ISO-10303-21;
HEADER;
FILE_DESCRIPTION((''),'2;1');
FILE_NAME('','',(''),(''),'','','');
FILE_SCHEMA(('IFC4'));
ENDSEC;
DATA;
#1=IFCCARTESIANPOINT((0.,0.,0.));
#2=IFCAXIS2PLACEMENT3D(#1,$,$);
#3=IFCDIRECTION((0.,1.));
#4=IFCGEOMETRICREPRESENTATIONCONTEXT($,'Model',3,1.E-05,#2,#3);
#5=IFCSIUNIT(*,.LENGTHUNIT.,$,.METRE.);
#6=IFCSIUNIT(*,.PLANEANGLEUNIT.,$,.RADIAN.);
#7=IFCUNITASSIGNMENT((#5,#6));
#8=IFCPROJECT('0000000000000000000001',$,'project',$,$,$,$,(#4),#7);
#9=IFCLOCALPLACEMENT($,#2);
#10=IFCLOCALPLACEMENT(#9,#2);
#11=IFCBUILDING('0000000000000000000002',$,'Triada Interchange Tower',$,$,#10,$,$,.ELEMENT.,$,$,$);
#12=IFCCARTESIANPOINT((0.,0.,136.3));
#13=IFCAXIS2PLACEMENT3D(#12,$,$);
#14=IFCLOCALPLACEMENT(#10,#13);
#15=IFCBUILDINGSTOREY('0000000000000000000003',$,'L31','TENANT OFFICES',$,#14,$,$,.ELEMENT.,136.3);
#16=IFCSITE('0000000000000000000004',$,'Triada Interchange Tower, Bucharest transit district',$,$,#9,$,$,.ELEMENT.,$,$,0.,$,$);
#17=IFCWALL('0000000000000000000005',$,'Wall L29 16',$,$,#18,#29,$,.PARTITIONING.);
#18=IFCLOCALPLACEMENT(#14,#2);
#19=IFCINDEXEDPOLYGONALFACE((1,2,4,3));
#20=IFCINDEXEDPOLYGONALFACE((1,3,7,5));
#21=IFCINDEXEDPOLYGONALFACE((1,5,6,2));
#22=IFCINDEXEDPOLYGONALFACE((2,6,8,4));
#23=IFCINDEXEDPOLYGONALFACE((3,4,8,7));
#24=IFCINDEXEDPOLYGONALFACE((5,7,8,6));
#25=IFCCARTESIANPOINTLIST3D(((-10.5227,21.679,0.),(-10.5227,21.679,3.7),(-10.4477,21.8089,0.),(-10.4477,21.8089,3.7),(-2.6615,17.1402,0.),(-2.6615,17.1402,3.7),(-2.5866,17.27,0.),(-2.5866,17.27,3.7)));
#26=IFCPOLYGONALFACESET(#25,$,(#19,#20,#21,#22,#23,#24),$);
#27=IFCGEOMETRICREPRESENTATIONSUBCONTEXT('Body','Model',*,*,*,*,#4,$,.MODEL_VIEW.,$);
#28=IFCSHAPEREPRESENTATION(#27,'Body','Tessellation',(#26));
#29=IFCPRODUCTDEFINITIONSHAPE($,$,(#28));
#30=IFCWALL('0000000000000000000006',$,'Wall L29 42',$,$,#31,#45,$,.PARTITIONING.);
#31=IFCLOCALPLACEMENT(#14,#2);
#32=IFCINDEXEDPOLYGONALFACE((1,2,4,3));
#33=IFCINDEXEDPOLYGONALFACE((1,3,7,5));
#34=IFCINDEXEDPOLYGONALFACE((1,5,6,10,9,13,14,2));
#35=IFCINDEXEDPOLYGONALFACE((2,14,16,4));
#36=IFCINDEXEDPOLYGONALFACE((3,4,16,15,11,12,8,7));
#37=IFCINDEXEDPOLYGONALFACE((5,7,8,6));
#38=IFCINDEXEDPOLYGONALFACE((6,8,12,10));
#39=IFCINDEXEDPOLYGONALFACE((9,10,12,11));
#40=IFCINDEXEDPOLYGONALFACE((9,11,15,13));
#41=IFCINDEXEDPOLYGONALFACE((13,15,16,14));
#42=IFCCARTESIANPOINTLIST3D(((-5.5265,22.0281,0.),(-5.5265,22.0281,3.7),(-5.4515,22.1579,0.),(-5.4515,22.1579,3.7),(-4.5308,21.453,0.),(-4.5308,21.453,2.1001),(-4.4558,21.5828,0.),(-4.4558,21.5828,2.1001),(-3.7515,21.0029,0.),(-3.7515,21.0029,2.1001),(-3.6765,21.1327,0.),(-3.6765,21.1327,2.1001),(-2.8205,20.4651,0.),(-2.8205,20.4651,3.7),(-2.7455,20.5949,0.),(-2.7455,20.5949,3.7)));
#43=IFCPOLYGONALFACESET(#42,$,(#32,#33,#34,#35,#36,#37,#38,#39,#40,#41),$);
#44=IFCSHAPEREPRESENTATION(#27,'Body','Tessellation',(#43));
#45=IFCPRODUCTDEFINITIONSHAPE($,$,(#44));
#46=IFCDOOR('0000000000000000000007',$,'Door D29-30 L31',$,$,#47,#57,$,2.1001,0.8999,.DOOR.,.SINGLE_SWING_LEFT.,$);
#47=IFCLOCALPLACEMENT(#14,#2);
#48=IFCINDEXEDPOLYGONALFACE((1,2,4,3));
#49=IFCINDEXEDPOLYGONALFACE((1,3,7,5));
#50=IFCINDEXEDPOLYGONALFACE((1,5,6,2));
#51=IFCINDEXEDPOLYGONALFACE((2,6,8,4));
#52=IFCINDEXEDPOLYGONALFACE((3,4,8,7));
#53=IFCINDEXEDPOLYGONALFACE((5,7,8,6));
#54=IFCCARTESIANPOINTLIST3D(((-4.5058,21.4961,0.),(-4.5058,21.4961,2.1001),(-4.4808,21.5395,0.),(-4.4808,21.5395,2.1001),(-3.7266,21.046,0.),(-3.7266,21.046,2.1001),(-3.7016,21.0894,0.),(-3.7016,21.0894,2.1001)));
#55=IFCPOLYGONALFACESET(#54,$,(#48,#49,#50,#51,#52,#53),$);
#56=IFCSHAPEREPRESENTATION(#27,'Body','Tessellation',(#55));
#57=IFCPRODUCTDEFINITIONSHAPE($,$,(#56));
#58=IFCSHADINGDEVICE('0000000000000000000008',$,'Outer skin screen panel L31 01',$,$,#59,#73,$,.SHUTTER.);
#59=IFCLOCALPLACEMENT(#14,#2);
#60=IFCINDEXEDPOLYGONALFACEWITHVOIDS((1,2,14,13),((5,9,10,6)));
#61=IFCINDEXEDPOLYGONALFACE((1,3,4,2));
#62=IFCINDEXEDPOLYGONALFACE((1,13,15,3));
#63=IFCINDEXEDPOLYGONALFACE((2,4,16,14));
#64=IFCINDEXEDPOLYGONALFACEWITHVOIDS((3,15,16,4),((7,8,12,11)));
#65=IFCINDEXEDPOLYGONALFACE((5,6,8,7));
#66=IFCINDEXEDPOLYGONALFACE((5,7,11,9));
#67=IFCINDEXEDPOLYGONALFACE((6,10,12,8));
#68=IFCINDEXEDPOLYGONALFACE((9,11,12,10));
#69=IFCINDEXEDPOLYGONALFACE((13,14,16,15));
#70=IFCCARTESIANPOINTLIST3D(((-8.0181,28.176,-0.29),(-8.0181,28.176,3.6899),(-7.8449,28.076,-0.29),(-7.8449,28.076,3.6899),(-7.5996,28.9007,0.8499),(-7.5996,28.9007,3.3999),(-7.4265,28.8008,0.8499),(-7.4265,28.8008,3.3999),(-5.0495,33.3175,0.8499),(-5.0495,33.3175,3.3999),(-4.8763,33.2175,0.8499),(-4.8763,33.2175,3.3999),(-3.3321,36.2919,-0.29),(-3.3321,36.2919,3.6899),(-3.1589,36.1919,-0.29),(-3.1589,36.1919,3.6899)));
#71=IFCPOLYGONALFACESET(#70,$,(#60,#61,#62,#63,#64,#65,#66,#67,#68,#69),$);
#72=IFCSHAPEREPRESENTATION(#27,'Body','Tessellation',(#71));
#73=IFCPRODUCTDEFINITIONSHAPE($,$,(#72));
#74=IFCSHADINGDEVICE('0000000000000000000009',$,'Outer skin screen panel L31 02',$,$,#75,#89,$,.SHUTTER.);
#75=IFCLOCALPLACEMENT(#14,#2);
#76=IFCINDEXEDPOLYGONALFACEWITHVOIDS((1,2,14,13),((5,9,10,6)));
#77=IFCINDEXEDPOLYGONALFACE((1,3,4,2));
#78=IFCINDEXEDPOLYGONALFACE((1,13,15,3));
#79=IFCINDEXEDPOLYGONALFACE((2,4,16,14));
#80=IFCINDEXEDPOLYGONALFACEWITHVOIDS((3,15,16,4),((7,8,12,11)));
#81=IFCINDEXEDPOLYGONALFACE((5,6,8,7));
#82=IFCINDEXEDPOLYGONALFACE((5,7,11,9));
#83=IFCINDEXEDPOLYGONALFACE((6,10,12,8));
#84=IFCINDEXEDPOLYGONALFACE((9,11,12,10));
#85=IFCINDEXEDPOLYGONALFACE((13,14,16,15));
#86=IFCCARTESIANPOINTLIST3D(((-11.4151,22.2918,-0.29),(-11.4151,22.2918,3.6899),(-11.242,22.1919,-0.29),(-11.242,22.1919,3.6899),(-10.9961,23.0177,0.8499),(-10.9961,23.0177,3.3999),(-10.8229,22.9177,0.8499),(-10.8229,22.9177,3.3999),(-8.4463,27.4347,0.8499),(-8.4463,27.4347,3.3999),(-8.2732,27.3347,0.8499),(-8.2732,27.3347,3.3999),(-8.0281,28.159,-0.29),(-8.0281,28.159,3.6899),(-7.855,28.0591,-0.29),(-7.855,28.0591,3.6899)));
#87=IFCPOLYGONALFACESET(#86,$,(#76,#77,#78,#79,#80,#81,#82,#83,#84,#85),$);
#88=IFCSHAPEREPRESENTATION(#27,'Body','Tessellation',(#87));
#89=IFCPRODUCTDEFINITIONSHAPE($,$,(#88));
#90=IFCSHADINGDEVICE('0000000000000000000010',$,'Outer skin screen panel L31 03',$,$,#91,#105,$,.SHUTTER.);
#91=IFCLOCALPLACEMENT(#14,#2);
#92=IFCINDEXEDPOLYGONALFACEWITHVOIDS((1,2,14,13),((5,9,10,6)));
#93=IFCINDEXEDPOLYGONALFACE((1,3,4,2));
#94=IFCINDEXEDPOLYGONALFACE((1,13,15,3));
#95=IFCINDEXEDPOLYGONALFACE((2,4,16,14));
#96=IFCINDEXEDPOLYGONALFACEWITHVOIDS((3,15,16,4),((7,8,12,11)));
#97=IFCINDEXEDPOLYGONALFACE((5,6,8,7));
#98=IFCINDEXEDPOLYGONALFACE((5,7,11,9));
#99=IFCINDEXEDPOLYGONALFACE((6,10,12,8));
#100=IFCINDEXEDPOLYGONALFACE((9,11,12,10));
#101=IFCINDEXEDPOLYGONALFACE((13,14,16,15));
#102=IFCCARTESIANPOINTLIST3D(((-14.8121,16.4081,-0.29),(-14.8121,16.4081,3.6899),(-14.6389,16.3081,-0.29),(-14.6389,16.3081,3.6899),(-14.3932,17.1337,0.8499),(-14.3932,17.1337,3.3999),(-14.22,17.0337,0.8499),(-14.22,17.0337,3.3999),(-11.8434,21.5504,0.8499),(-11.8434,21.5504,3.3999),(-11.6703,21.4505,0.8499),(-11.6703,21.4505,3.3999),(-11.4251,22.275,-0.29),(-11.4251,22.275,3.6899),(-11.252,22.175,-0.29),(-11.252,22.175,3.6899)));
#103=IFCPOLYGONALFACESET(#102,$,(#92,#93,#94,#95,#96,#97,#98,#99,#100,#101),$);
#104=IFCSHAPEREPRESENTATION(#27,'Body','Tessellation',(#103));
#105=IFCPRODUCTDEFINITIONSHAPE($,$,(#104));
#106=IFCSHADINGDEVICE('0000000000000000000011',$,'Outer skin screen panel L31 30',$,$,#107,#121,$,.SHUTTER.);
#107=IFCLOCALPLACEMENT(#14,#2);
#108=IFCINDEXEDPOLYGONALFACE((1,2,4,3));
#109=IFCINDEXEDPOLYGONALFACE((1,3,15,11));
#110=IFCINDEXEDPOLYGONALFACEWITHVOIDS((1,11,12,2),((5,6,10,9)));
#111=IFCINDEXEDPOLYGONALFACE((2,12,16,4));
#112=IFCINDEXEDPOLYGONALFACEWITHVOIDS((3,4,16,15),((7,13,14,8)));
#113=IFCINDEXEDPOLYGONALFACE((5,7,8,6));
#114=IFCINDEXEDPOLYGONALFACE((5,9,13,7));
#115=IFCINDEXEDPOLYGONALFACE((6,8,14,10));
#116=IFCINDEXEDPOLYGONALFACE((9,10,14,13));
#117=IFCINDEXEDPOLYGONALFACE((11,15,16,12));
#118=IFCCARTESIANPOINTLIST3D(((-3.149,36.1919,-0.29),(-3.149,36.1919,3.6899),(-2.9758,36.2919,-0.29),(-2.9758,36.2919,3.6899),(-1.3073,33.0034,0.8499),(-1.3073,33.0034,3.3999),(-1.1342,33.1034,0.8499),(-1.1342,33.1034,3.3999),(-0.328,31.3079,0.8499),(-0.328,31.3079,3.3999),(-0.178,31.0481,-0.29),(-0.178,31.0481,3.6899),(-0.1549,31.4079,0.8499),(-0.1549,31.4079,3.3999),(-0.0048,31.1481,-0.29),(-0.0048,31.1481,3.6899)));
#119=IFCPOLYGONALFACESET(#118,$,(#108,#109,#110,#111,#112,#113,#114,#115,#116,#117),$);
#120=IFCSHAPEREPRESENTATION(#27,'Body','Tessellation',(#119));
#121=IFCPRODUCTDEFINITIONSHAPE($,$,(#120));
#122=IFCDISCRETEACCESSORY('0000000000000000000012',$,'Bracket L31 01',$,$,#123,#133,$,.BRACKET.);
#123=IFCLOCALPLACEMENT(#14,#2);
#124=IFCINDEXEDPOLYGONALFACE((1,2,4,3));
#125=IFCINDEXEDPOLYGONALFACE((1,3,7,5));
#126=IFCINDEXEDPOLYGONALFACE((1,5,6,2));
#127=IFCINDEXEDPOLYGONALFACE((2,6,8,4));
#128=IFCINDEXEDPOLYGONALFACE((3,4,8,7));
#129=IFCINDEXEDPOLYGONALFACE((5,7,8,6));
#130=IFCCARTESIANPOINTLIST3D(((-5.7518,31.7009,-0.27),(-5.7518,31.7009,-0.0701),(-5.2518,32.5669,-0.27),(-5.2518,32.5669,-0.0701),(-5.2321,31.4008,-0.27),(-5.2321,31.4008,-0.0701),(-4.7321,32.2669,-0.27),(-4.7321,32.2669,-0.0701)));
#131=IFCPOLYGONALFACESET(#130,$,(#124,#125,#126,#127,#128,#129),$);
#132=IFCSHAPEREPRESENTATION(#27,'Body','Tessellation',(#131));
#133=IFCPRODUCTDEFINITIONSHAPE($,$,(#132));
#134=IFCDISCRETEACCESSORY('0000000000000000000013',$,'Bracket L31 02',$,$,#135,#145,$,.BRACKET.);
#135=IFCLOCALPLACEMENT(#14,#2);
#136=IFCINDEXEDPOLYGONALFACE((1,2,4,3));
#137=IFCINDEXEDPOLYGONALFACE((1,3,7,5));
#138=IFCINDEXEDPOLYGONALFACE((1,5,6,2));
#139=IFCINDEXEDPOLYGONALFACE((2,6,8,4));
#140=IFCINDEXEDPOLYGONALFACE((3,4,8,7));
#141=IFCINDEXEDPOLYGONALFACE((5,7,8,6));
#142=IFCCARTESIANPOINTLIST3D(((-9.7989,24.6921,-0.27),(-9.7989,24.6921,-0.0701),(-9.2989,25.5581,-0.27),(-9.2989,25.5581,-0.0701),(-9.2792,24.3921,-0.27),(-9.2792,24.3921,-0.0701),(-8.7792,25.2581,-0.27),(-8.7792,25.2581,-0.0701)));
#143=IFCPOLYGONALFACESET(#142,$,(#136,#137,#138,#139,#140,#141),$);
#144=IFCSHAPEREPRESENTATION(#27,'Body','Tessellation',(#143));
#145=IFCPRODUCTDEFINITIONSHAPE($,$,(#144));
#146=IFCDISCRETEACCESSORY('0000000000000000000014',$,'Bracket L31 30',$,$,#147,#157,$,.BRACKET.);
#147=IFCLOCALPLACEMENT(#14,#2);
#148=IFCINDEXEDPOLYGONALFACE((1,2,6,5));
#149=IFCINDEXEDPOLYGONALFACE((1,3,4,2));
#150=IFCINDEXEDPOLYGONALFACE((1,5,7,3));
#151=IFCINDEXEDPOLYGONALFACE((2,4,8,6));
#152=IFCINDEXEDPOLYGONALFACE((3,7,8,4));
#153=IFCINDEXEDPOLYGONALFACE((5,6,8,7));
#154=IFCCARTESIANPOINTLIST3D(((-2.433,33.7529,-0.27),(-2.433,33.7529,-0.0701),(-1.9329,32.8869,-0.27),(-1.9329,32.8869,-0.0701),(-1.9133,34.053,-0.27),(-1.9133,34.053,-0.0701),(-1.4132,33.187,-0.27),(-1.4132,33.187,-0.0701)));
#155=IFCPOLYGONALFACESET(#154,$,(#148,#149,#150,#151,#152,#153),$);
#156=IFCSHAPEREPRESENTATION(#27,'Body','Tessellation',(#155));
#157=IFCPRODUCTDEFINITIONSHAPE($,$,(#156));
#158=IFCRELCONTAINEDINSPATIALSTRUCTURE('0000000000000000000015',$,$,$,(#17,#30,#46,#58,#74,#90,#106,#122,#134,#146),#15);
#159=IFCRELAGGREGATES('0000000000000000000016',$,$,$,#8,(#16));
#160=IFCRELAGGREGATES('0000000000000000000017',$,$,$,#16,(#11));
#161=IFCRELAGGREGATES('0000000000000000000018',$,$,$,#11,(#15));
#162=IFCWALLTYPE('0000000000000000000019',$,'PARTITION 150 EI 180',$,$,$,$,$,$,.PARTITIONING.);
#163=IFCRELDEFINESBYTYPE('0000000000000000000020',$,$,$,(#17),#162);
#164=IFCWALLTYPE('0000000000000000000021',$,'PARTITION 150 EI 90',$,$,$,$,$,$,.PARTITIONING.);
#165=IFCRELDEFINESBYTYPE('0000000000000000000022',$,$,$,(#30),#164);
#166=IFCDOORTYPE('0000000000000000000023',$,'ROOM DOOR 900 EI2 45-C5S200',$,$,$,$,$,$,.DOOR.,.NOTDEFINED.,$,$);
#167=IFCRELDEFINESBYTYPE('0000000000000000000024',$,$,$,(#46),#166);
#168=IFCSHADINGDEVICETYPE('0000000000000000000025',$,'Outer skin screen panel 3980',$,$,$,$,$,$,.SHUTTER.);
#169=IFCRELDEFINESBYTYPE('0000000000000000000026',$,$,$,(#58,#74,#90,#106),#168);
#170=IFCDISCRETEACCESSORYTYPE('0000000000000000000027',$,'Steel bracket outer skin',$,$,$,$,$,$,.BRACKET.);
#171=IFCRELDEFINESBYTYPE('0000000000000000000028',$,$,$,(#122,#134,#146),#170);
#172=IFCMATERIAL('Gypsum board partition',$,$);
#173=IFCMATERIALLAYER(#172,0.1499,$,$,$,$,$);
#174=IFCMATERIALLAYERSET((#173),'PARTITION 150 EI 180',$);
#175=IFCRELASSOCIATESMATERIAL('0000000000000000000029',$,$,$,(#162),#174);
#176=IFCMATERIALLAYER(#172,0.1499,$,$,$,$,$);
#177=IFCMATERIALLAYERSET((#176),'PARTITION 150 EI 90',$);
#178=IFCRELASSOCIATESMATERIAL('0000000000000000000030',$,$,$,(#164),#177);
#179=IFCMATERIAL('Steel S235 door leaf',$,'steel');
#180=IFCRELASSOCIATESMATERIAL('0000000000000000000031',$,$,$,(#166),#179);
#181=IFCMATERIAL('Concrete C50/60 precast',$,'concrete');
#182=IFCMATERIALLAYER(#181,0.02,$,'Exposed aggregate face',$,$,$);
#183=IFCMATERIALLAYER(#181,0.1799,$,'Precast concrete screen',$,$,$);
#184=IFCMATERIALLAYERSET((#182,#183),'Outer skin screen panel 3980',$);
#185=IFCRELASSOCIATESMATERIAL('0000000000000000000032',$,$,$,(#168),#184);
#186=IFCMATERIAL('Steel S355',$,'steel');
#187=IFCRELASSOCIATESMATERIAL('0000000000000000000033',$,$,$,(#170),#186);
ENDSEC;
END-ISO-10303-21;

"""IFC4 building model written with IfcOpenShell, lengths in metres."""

from ifc_helpers import new_model, si_unit, direction, frame, frame_2d, origin, origin_2d, place, context, subcontext, project, spatial, polyline, rectangle, outline, extrude, material, layer, layer_set, type_object, element, fill, save


model = new_model("IFC4")

# Units and contexts
model_context = context("Model", 3, precision=1e-05, world=origin(), true_north=direction((0.0, 1.0)))
body_context = subcontext(model_context, "Body", "Model", "MODEL_VIEW")
ifc_project = project(units=[si_unit("LENGTHUNIT", "METRE"), si_unit("PLANEANGLEUNIT", "RADIAN")], contexts=[model_context])

# Site, building, storey
site_placement = place(None, origin())
site = spatial("IfcSite", under=ifc_project, at=site_placement, Name="Triada Interchange Tower, Bucharest transit district", CompositionType="ELEMENT", RefElevation=0.0)
building_placement = place(site_placement, origin())
building = spatial("IfcBuilding", under=site, at=building_placement, Name="Triada Interchange Tower", CompositionType="ELEMENT")
storey_placement = place(building_placement, frame((0.0, 0.0, 136.3)))
storey = spatial("IfcBuildingStorey", under=building, at=storey_placement, Name="L31", Description="TENANT OFFICES", CompositionType="ELEMENT", Elevation=136.3)

# Wall
ifc_material_1 = material(Name="Gypsum board partition")
ifc_layer_1 = layer(ifc_material_1, 0.1499)
ifc_layer_set_1 = layer_set([ifc_layer_1], Name="PARTITION 150 EI 180")
wall_type_1 = type_object("IfcWallType", Name="PARTITION 150 EI 180", PredefinedType="PARTITIONING", material=ifc_layer_set_1)
wall_1_placement = place(storey_placement, frame((-10.4851, 21.7439, 0.0), z_axis=(0.0, 0.0, 1.0), x_axis=(0.866015, -0.500018, 0.0)))
element("IfcWall", 1, at=wall_1_placement, inside=storey, type_object=wall_type_1, Name="Wall L29 16", PredefinedType="PARTITIONING", context=body_context, shape_type="SweptSolid", body=[
    extrude(rectangle(XDim=9.0774, YDim=0.1499, at=frame_2d((4.5386, 0.0))), origin(), (0.0, 0.0, 1.0), 3.7),
])

# Wall, opening, door
ifc_layer_2 = layer(ifc_material_1, 0.1499)
ifc_layer_set_2 = layer_set([ifc_layer_2], Name="PARTITION 150 EI 90")
wall_type_2 = type_object("IfcWallType", Name="PARTITION 150 EI 90", PredefinedType="PARTITIONING", material=ifc_layer_set_2)
wall_2_placement = place(storey_placement, frame((-5.489, 22.093, 0.0), z_axis=(0.0, 0.0, 1.0), x_axis=(0.865936, -0.500155, 0.0)))
wall_2 = element("IfcWall", 2, at=wall_2_placement, inside=storey, type_object=wall_type_2, Name="Wall L29 42", PredefinedType="PARTITIONING", context=body_context, shape_type="SweptSolid", body=[
    extrude(rectangle(XDim=3.125, YDim=0.1499, at=frame_2d((1.5625, 0.0))), origin(), (0.0, 0.0, 1.0), 3.7),
])
opening_1_placement = place(wall_2_placement, frame((1.1499, 0.0, 0.0)))
opening_1 = element("IfcOpeningElement", 3, at=opening_1_placement, cuts=wall_2, PredefinedType="OPENING", context=body_context, shape_type="SweptSolid", body=[
    extrude(rectangle(XDim=0.8999, YDim=2.1001, at=frame_2d((0.45, 1.05))), frame((0.0, 0.085, 0.0), z_axis=(0.0, -1.0, 0.0), x_axis=(1.0, 0.0, 0.0)), (0.0, 0.0, 1.0), 0.1699),
])
ifc_material_2 = material(Name="Steel S235 door leaf", Category="steel")
door_type = type_object("IfcDoorType", Name="ROOM DOOR 900 EI2 45-C5S200", OperationType="NOTDEFINED", PredefinedType="DOOR", material=ifc_material_2)
door_placement = place(opening_1_placement, origin())
door = element("IfcDoor", 4, at=door_placement, inside=storey, type_object=door_type, Name="Door D29-30 L31", OperationType="SINGLE_SWING_LEFT", OverallHeight=2.1001, OverallWidth=0.8999, PredefinedType="DOOR", context=body_context, shape_type="SweptSolid", body=[
    extrude(rectangle(XDim=0.8999, YDim=2.1001, at=frame_2d((0.45, 1.05))), frame((0.0, 0.0249, 0.0), z_axis=(0.0, -1.0, 0.0), x_axis=(1.0, 0.0, 0.0)), (0.0, 0.0, 1.0), 0.05),
])
fill(opening_1, door)

# Shading devices
ifc_material_3 = material(Name="Concrete C50/60 precast", Category="concrete")
ifc_layer_3 = layer(ifc_material_3, 0.02, Name="Exposed aggregate face")
ifc_layer_4 = layer(ifc_material_3, 0.1799, Name="Precast concrete screen")
ifc_layer_set_3 = layer_set([ifc_layer_3, ifc_layer_4], Name="Outer skin screen panel 3980")
shading_device_type = type_object("IfcShadingDeviceType", Name="Outer skin screen panel 3980", PredefinedType="SHUTTER", material=ifc_layer_set_3)
shading_device_1_placement = place(storey_placement, frame((-3.1589, 36.1919, -0.29), z_axis=(0.0, 0.0, 1.0), x_axis=(-0.500022, -0.866012, 0.0)))
element("IfcShadingDevice", 5, at=shading_device_1_placement, inside=storey, type_object=shading_device_type, Name="Outer skin screen panel L31 01", PredefinedType="SHUTTER", context=body_context, shape_type="SweptSolid", body=[
    extrude(outline(polyline([(0.0, 0.0), (9.3716, 0.0), (9.3716, 3.98), (0.0, 3.98), (0.0, 0.0)]), holes=[polyline([(3.4346, 1.1399), (3.4346, 3.6899), (8.5347, 3.6899), (8.5347, 1.1399), (3.4346, 1.1399)])]), frame((0.0, 0.0, 0.0), z_axis=(0.0, -1.0, 0.0), x_axis=(1.0, 0.0, 0.0)), (0.0, 0.0, 1.0), 0.2),
])
shading_device_2_placement = place(storey_placement, frame((-7.855, 28.0591, -0.29), z_axis=(0.0, 0.0, 1.0), x_axis=(-0.499949, -0.866055, 0.0)))
element("IfcShadingDevice", 6, at=shading_device_2_placement, inside=storey, type_object=shading_device_type, Name="Outer skin screen panel L31 02", PredefinedType="SHUTTER", context=body_context, shape_type="SweptSolid", body=[
    extrude(outline(polyline([(0.0, 0.0), (6.7747, 0.0), (6.7747, 3.98), (0.0, 3.98), (0.0, 0.0)]), holes=[polyline([(0.8364, 1.1399), (0.8364, 3.6899), (5.9365, 3.6899), (5.9365, 1.1399), (0.8364, 1.1399)])]), frame((0.0, 0.0, 0.0), z_axis=(0.0, -1.0, 0.0), x_axis=(1.0, 0.0, 0.0)), (0.0, 0.0, 1.0), 0.2),
])
shading_device_3_placement = place(storey_placement, frame((-11.252, 22.175, -0.29), z_axis=(0.0, 0.0, 1.0), x_axis=(-0.499965, -0.866046, 0.0)))
element("IfcShadingDevice", 7, at=shading_device_3_placement, inside=storey, type_object=shading_device_type, Name="Outer skin screen panel L31 03", PredefinedType="SHUTTER", context=body_context, shape_type="SweptSolid", body=[
    extrude(outline(polyline([(0.0, 0.0), (6.7744, 0.0), (6.7744, 3.98), (0.0, 3.98), (0.0, 0.0)]), holes=[polyline([(0.8367, 1.1399), (0.8367, 3.6899), (5.9365, 3.6899), (5.9365, 1.1399), (0.8367, 1.1399)])]), frame((0.0, 0.0, 0.0), z_axis=(0.0, -1.0, 0.0), x_axis=(1.0, 0.0, 0.0)), (0.0, 0.0, 1.0), 0.2),
])
shading_device_4_placement = place(storey_placement, frame((-0.178, 31.0481, -0.29), z_axis=(0.0, 0.0, 1.0), x_axis=(-0.500148, 0.86594, 0.0)))
element("IfcShadingDevice", 8, at=shading_device_4_placement, inside=storey, type_object=shading_device_type, Name="Outer skin screen panel L31 30", PredefinedType="SHUTTER", context=body_context, shape_type="SweptSolid", body=[
    extrude(outline(polyline([(0.0, 0.0), (5.9402, 0.0), (5.9402, 3.98), (0.0, 3.98), (0.0, 0.0)]), holes=[polyline([(0.3, 1.1399), (0.3, 3.6899), (2.2581, 3.6899), (2.2581, 1.1399), (0.3, 1.1399)])]), frame((0.0, 0.0, 0.0), z_axis=(0.0, -1.0, 0.0), x_axis=(1.0, 0.0, 0.0)), (0.0, 0.0, 1.0), 0.2),
])

# Discrete accessories
ifc_material_4 = material(Name="Steel S355", Category="steel")
discrete_accessory_type = type_object("IfcDiscreteAccessoryType", Name="Steel bracket outer skin", PredefinedType="BRACKET", material=ifc_material_4)
for number, where, z_axis, x_axis, name in (
    (9, (-5.2419, 31.9839, -0.27), (0.0, 0.0, 1.0), (-0.866023, 0.500004, 0.0), "Bracket L31 01"),
    (10, (-9.2891, 24.9751, -0.27), (0.0, 0.0, 1.0), (-0.866023, 0.500004, 0.0), "Bracket L31 02"),
    (11, (-1.9231, 33.47, -0.27), (0.0, 0.0, 1.0), (0.86599, 0.500061, 0.0), "Bracket L31 30"),
):
    element("IfcDiscreteAccessory", number, at=place(storey_placement, frame(where, z_axis=z_axis, x_axis=x_axis)), inside=storey, type_object=discrete_accessory_type, Name=name, PredefinedType="BRACKET", context=body_context, shape_type="SweptSolid", body=[
        extrude(rectangle(XDim=0.6001, YDim=1.0, at=origin_2d()), origin(), (0.0, 0.0, 1.0), 0.2),
    ])

save(model, "model.ifc")
